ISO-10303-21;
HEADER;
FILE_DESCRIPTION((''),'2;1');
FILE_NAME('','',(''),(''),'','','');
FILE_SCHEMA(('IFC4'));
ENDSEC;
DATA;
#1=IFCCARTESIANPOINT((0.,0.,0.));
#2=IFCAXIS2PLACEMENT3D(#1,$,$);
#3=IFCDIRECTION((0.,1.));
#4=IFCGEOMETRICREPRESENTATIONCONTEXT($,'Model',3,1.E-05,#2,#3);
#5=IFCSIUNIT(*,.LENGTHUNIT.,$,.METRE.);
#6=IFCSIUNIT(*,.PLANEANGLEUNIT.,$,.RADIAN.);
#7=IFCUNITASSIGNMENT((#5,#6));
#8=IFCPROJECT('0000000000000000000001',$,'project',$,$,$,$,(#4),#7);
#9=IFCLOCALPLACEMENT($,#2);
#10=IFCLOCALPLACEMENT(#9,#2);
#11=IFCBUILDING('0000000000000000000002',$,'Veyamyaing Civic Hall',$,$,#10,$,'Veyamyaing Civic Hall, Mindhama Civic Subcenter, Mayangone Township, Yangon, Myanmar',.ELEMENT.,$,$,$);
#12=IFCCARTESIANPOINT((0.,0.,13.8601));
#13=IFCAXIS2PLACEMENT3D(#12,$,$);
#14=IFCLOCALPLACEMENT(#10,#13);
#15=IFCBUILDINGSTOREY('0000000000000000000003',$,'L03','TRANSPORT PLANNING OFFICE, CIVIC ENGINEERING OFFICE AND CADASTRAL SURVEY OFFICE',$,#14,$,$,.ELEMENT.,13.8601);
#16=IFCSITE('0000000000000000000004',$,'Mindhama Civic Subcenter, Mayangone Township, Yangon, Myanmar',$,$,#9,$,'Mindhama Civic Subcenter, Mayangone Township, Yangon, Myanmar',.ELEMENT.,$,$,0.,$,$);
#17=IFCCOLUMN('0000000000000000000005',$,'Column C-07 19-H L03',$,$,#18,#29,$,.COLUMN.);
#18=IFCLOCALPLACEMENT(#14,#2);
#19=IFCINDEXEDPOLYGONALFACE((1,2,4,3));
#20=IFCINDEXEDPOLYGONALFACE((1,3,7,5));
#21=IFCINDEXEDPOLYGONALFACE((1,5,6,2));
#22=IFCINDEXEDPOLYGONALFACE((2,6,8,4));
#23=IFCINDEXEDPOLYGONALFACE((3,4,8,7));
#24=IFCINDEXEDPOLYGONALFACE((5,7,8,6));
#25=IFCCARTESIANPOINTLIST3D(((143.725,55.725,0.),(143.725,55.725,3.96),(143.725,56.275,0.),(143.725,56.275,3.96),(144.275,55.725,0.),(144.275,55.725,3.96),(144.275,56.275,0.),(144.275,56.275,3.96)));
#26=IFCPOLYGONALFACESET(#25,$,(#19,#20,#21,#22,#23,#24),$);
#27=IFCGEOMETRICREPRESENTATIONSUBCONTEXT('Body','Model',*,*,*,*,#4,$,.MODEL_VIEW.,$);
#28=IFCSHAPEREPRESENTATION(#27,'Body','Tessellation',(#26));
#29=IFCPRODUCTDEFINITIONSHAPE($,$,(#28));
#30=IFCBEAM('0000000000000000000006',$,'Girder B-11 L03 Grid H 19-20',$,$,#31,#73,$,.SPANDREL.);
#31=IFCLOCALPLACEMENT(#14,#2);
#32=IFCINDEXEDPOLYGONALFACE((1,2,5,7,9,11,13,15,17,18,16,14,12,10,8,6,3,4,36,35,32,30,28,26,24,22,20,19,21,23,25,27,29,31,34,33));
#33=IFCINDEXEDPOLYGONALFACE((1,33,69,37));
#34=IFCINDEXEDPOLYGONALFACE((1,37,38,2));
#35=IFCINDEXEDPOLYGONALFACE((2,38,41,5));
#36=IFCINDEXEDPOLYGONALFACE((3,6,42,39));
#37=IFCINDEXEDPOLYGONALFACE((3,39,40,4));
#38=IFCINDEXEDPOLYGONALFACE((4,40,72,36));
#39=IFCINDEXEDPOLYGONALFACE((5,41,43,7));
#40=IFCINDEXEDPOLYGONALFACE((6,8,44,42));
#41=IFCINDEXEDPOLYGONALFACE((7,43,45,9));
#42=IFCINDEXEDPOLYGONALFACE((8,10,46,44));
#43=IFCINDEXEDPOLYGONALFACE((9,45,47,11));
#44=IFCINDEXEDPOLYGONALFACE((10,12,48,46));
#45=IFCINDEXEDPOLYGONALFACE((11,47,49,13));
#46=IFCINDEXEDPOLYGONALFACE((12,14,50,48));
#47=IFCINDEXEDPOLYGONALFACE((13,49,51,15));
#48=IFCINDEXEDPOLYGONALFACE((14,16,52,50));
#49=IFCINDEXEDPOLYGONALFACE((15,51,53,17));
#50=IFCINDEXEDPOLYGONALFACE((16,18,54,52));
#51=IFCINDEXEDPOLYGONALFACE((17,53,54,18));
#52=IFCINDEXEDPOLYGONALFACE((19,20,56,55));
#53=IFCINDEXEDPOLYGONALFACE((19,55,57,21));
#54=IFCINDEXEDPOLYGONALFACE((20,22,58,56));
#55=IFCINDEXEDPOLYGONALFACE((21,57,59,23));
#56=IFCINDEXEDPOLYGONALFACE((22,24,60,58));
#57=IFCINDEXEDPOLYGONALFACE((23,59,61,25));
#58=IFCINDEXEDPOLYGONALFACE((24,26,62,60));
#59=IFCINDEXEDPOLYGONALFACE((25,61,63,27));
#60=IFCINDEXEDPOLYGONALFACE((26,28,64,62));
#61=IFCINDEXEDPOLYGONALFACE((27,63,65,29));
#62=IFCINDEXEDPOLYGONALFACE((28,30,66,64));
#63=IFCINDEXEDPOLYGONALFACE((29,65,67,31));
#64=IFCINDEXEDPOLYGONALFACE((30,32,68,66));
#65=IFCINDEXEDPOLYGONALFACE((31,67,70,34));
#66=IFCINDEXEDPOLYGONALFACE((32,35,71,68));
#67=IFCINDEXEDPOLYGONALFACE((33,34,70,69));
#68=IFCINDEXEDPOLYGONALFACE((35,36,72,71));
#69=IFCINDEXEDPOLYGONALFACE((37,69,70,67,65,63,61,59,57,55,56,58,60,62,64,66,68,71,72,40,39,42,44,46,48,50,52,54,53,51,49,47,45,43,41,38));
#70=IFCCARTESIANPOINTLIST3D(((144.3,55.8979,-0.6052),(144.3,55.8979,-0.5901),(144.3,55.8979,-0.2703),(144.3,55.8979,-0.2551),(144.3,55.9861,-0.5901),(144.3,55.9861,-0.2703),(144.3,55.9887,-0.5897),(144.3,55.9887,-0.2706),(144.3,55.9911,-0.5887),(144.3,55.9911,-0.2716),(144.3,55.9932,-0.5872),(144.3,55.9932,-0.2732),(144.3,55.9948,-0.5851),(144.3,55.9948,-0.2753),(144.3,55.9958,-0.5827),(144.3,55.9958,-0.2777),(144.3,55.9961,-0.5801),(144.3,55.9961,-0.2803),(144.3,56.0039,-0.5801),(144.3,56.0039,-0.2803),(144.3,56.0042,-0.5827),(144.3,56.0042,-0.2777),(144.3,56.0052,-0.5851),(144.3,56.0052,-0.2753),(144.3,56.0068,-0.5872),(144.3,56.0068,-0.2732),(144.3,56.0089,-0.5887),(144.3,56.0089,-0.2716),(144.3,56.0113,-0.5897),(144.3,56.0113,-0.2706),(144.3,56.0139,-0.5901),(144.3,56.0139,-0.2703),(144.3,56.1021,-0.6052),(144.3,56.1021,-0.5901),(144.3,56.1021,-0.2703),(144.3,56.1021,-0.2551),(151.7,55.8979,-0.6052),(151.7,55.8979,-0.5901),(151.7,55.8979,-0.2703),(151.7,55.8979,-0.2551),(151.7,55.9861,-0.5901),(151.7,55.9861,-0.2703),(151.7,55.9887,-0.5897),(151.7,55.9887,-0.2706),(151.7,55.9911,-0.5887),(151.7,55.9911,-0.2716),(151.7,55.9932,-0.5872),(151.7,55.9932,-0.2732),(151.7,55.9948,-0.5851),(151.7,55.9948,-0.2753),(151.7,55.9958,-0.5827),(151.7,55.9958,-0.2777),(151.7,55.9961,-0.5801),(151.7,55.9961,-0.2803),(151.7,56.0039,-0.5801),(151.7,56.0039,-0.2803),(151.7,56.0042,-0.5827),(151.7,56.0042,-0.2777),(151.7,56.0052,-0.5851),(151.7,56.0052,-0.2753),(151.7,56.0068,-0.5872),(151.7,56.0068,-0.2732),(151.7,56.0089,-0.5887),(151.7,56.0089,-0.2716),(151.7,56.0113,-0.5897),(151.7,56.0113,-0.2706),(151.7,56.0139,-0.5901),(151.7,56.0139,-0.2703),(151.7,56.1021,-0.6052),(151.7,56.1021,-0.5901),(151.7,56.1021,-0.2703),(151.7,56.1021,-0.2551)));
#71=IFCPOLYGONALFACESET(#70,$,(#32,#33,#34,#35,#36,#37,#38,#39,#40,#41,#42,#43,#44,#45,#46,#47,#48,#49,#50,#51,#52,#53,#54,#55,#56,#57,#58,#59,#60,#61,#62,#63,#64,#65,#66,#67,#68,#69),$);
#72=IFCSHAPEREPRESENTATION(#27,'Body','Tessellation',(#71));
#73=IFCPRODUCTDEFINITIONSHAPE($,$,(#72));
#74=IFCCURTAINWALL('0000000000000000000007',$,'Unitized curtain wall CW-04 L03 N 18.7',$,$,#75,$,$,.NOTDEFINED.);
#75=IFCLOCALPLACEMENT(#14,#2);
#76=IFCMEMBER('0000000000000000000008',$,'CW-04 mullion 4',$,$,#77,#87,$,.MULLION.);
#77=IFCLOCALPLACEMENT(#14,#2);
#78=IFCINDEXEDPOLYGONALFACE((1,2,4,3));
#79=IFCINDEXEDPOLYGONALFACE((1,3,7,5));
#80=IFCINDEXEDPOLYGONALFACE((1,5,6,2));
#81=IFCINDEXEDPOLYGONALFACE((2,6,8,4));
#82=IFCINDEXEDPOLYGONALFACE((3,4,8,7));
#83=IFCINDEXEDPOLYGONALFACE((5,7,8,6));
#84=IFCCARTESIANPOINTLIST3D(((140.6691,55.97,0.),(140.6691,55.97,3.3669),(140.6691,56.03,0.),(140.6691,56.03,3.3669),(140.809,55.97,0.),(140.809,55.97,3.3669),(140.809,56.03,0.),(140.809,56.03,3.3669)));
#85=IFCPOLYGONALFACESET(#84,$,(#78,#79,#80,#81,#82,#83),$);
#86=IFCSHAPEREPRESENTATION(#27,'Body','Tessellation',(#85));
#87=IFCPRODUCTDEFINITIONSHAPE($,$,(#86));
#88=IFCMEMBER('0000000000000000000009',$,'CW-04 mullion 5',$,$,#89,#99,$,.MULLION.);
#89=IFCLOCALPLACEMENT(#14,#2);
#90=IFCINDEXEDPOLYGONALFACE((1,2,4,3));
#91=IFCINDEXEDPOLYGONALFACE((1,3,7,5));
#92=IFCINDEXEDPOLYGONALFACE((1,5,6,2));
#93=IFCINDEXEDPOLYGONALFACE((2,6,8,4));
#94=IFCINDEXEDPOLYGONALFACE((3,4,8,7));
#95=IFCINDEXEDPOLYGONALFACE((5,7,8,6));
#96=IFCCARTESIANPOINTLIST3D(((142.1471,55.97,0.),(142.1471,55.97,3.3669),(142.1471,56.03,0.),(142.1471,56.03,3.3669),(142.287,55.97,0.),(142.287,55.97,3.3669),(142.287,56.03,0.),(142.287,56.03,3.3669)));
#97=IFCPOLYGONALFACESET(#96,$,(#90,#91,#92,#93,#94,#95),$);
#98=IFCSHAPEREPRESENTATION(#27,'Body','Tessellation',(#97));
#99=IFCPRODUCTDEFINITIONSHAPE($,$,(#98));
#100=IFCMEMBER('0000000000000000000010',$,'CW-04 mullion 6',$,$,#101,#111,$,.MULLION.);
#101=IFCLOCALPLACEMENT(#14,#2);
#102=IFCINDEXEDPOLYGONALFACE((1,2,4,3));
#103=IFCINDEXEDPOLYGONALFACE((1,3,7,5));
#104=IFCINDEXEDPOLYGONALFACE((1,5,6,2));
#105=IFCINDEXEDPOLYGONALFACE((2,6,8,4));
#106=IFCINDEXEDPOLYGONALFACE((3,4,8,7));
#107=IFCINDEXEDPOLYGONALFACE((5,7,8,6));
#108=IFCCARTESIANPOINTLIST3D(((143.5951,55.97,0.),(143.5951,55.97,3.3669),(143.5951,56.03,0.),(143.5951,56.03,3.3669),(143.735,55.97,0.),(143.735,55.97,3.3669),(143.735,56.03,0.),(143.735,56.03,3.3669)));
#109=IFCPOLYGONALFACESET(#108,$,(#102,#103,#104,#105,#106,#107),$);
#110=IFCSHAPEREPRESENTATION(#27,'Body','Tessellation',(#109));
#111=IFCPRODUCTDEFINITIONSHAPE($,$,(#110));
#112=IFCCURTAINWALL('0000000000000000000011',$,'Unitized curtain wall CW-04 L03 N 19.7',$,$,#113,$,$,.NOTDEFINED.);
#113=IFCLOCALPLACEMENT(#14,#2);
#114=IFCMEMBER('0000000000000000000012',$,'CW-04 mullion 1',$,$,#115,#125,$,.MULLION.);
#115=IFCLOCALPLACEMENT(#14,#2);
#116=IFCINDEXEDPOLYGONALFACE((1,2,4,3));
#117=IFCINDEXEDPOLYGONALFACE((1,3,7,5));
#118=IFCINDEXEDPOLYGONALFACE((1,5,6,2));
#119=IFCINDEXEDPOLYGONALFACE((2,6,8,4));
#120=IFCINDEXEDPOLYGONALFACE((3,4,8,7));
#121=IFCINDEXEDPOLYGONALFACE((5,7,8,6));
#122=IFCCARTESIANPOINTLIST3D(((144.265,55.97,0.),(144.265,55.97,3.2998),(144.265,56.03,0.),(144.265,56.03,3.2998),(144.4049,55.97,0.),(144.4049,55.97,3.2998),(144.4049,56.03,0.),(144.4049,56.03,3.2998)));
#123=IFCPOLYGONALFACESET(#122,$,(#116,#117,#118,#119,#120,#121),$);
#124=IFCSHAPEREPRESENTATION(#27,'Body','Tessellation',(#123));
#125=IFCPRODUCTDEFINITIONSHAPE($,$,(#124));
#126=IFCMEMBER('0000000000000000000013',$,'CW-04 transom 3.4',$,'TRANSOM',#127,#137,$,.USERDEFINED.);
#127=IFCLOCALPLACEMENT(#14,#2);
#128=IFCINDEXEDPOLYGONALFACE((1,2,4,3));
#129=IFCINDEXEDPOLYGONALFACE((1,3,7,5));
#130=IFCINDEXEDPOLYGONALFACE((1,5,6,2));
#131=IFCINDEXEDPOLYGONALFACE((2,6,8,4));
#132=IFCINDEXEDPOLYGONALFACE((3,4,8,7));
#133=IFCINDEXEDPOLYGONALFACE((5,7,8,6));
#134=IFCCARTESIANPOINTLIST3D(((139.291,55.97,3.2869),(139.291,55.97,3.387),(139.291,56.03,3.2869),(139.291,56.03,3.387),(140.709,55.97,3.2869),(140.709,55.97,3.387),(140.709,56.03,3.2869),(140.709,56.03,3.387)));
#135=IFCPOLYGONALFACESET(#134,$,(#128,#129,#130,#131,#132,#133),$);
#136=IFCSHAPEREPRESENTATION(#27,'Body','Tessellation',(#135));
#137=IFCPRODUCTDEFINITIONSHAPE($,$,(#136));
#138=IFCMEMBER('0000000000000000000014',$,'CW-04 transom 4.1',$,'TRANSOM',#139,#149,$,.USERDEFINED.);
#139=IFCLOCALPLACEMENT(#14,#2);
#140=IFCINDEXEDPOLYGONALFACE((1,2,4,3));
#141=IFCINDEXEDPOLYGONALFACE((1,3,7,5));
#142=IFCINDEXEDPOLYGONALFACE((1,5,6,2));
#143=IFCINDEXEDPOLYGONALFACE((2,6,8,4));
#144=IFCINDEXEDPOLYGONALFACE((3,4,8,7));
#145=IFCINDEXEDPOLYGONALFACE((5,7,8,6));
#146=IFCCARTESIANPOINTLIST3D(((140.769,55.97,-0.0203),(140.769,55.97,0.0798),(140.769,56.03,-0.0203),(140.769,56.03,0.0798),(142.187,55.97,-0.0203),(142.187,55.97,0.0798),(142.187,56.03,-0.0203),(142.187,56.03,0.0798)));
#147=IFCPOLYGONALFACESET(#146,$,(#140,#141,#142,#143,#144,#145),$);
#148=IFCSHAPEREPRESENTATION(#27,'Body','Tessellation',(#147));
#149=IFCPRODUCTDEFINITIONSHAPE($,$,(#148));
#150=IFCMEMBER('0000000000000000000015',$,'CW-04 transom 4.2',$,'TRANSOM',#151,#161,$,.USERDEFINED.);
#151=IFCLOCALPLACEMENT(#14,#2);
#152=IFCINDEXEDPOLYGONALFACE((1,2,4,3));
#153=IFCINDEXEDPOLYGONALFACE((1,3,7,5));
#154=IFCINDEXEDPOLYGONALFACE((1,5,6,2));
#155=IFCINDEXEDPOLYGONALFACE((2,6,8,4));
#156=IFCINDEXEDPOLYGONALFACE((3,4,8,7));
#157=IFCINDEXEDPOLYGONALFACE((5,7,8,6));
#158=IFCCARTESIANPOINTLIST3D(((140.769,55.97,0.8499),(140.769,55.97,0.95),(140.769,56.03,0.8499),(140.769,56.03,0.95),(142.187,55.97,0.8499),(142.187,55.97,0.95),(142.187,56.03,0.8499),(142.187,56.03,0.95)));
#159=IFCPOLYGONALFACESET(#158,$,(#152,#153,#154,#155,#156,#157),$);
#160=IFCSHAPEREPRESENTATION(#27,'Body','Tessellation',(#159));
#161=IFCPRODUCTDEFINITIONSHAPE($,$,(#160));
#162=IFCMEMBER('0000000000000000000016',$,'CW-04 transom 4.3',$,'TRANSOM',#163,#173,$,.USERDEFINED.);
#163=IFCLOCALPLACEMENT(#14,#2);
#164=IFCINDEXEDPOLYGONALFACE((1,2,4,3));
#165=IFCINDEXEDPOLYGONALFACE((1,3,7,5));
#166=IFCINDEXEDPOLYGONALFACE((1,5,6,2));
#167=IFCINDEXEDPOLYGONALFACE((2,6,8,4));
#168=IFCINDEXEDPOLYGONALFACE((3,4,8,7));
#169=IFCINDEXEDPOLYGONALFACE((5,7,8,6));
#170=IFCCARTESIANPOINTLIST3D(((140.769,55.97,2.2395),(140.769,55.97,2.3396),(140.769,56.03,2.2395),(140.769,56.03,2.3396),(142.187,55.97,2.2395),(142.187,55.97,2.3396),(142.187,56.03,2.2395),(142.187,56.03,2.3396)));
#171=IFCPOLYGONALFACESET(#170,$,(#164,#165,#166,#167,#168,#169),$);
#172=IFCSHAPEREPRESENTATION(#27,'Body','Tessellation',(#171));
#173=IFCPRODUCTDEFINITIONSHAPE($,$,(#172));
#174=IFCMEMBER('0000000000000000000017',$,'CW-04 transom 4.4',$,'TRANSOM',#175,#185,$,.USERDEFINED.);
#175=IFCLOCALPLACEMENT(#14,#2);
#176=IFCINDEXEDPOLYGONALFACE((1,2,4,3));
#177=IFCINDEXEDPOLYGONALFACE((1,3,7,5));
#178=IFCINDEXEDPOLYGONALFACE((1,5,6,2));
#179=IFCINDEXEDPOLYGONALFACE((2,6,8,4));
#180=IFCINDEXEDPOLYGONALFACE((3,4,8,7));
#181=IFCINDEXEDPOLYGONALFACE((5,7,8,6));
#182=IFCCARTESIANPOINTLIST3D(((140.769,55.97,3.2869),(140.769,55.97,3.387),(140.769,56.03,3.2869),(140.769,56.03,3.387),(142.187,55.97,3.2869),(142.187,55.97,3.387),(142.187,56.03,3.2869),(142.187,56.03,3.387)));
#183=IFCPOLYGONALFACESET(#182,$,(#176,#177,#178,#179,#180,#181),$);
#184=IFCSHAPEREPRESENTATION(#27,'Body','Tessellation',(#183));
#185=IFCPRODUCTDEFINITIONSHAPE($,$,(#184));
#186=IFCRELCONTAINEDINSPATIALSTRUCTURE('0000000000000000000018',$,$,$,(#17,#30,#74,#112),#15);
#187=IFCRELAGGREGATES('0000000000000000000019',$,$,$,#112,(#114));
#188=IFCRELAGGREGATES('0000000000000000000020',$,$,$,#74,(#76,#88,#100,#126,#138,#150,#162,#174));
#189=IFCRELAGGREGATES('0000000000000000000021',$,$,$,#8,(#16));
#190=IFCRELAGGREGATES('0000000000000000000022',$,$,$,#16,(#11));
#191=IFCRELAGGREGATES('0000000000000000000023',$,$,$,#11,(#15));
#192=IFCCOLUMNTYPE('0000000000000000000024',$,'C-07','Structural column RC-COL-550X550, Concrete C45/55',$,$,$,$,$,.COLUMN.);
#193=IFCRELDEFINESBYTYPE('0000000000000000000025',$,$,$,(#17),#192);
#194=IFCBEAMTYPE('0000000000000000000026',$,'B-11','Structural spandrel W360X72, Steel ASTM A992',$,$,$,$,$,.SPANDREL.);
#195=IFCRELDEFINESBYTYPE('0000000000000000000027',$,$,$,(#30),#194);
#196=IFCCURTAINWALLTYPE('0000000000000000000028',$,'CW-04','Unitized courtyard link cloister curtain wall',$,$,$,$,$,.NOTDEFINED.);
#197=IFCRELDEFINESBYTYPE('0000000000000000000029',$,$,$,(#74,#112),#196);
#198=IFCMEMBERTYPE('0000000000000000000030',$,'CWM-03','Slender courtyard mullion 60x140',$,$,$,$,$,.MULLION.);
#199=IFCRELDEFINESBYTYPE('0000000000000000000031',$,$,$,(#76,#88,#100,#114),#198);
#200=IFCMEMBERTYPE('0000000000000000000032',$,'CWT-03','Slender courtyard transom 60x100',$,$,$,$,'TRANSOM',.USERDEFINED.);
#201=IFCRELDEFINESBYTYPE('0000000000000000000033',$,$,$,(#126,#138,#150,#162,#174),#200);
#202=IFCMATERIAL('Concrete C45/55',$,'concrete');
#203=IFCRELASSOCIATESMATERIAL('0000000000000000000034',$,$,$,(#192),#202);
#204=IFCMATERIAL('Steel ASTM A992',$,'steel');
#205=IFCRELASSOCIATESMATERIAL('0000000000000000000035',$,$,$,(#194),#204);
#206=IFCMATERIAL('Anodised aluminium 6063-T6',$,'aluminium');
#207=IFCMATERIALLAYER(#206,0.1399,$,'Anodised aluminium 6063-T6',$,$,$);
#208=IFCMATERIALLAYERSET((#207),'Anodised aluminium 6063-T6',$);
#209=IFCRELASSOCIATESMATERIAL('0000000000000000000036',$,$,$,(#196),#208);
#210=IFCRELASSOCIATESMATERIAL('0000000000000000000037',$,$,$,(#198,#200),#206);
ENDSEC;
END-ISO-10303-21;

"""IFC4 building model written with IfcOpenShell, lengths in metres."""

from ifc_helpers import new_model, si_unit, direction, frame, origin, origin_2d, place, context, subcontext, project, spatial, rectangle, i_section, extrude, material, layer, layer_set, material_profile, profile_set, type_object, element, aggregate, save


model = new_model("IFC4")

# Units and contexts
model_context = context("Model", 3, precision=1e-05, world=origin(), true_north=direction((0.0, 1.0)))
body_context = subcontext(model_context, "Body", "Model", "MODEL_VIEW")
ifc_project = project(units=[si_unit("LENGTHUNIT", "METRE"), si_unit("PLANEANGLEUNIT", "RADIAN")], contexts=[model_context])

# Site, building, storey
site_placement = place(None, origin())
site = spatial("IfcSite", under=ifc_project, at=site_placement, Name="Mindhama Civic Subcenter, Mayangone Township, Yangon, Myanmar", LongName="Mindhama Civic Subcenter, Mayangone Township, Yangon, Myanmar", CompositionType="ELEMENT", RefElevation=0.0)
building_placement = place(site_placement, origin())
building = spatial("IfcBuilding", under=site, at=building_placement, Name="Veyamyaing Civic Hall", LongName="Veyamyaing Civic Hall, Mindhama Civic Subcenter, Mayangone Township, Yangon, Myanmar", CompositionType="ELEMENT")
storey_placement = place(building_placement, frame((0.0, 0.0, 13.8601)))
storey = spatial("IfcBuildingStorey", under=building, at=storey_placement, Name="L03", Description="TRANSPORT PLANNING OFFICE, CIVIC ENGINEERING OFFICE AND CADASTRAL SURVEY OFFICE", CompositionType="ELEMENT", Elevation=13.8601)

# Column
ifc_material_1 = material(Name="Concrete C45/55", Category="concrete")
ifc_material_profile_1 = material_profile(ifc_material_1, rectangle(XDim=0.55, YDim=0.55, at=origin_2d()), Name="RC-COL-550X550")
ifc_profile_set_1 = profile_set([ifc_material_profile_1], Name="Concrete C45/55")
column_type = type_object("IfcColumnType", Name="C-07", Description="Structural column RC-COL-550X550, Concrete C45/55", PredefinedType="COLUMN", material=ifc_profile_set_1)
column_placement = place(storey_placement, frame((144.0, 56.0, 0.0), z_axis=(0.0, 0.0, 1.0), x_axis=(1.0, 0.0, 0.0)))
element("IfcColumn", 1, at=column_placement, inside=storey, type_object=column_type, Name="Column C-07 19-H L03", PredefinedType="COLUMN", context=body_context, shape_type="SweptSolid", body=[
    extrude(rectangle(XDim=0.55, YDim=0.55, at=origin_2d()), origin(), (0.0, 0.0, 1.0), 3.96),
])

# Beam
ifc_material_2 = material(Name="Steel ASTM A992", Category="steel")
ifc_material_profile_2 = material_profile(ifc_material_2, i_section(OverallWidth=0.2041, OverallDepth=0.3501, WebThickness=0.0078, FlangeThickness=0.0151, FilletRadius=0.01, at=origin_2d()), Name="W360X72")
ifc_profile_set_2 = profile_set([ifc_material_profile_2], Name="Steel ASTM A992")
beam_type_1 = type_object("IfcBeamType", Name="B-11", Description="Structural spandrel W360X72, Steel ASTM A992", PredefinedType="SPANDREL", material=ifc_profile_set_2)
beam_1_placement = place(storey_placement, frame((144.3, 56.0, -0.4302), z_axis=(1.0, 0.0, 0.0), x_axis=(0.0, 1.0, 0.0)))
element("IfcBeam", 2, at=beam_1_placement, inside=storey, type_object=beam_type_1, Name="Girder B-11 L03 Grid H 19-20", PredefinedType="SPANDREL", context=body_context, shape_type="SweptSolid", body=[
    extrude(i_section(OverallWidth=0.2041, OverallDepth=0.3501, WebThickness=0.0078, FlangeThickness=0.0151, FilletRadius=0.01, at=origin_2d()), origin(), (0.0, 0.0, 1.0), 7.3999),
])

# Curtain wall, members
ifc_material_3 = material(Name="Anodised aluminium 6063-T6", Category="aluminium")
ifc_layer_1 = layer(ifc_material_3, 0.1399, Name="Anodised aluminium 6063-T6")
ifc_layer_set_1 = layer_set([ifc_layer_1], Name="Anodised aluminium 6063-T6")
curtain_wall_type = type_object("IfcCurtainWallType", Name="CW-04", Description="Unitized courtyard link cloister curtain wall", PredefinedType="NOTDEFINED", material=ifc_layer_set_1)
curtain_wall_1_placement = place(storey_placement, origin())
curtain_wall_1 = element("IfcCurtainWall", 3, at=curtain_wall_1_placement, inside=storey, type_object=curtain_wall_type, Name="Unitized curtain wall CW-04 L03 N 18.7", PredefinedType="NOTDEFINED")
ifc_material_profile_3 = material_profile(ifc_material_3, rectangle(XDim=0.0601, YDim=0.1399, at=origin_2d()), Name="ALU-MUL-60X140")
ifc_profile_set_3 = profile_set([ifc_material_profile_3], Name="Anodised aluminium 6063-T6")
member_type_1 = type_object("IfcMemberType", Name="CWM-03", Description="Slender courtyard mullion 60x140", PredefinedType="MULLION", material=ifc_profile_set_3)
member_1_placement = place(storey_placement, frame((140.739, 56.0, 0.0), z_axis=(0.0, 0.0, 1.0), x_axis=(0.0, 1.0, 0.0)))
member_1 = element("IfcMember", 4, at=member_1_placement, type_object=member_type_1, Name="CW-04 mullion 4", PredefinedType="MULLION", context=body_context, shape_type="SweptSolid", body=[
    extrude(rectangle(XDim=0.0601, YDim=0.1399, at=origin_2d()), origin(), (0.0, 0.0, 1.0), 3.3669),
])
member_2_placement = place(storey_placement, frame((142.217, 56.0, 0.0), z_axis=(0.0, 0.0, 1.0), x_axis=(0.0, 1.0, 0.0)))
member_2 = element("IfcMember", 5, at=member_2_placement, type_object=member_type_1, Name="CW-04 mullion 5", PredefinedType="MULLION", context=body_context, shape_type="SweptSolid", body=[
    extrude(rectangle(XDim=0.0601, YDim=0.1399, at=origin_2d()), origin(), (0.0, 0.0, 1.0), 3.3669),
])
member_3_placement = place(storey_placement, frame((143.665, 56.0, 0.0), z_axis=(0.0, 0.0, 1.0), x_axis=(0.0, 1.0, 0.0)))
member_3 = element("IfcMember", 6, at=member_3_placement, type_object=member_type_1, Name="CW-04 mullion 6", PredefinedType="MULLION", context=body_context, shape_type="SweptSolid", body=[
    extrude(rectangle(XDim=0.0601, YDim=0.1399, at=origin_2d()), origin(), (0.0, 0.0, 1.0), 3.3669),
])

# Curtain wall, member
curtain_wall_2_placement = place(storey_placement, origin())
curtain_wall_2 = element("IfcCurtainWall", 7, at=curtain_wall_2_placement, inside=storey, type_object=curtain_wall_type, Name="Unitized curtain wall CW-04 L03 N 19.7", PredefinedType="NOTDEFINED")
member_4_placement = place(storey_placement, frame((144.335, 56.0, 0.0), z_axis=(0.0, 0.0, 1.0), x_axis=(0.0, 1.0, 0.0)))
member_4 = element("IfcMember", 8, at=member_4_placement, type_object=member_type_1, Name="CW-04 mullion 1", PredefinedType="MULLION", context=body_context, shape_type="SweptSolid", body=[
    extrude(rectangle(XDim=0.0601, YDim=0.1399, at=origin_2d()), origin(), (0.0, 0.0, 1.0), 3.2998),
])

# Members
ifc_material_profile_4 = material_profile(ifc_material_3, rectangle(XDim=0.0601, YDim=0.1001, at=origin_2d()), Name="ALU-TRN-60X100")
ifc_profile_set_4 = profile_set([ifc_material_profile_4], Name="Anodised aluminium 6063-T6")
member_type_2 = type_object("IfcMemberType", Name="CWT-03", Description="Slender courtyard transom 60x100", ElementType="TRANSOM", PredefinedType="USERDEFINED", material=ifc_profile_set_4)
member_5_placement = place(storey_placement, frame((139.291, 56.0, 3.3369), z_axis=(1.0, 0.0, 0.0), x_axis=(0.0, 1.0, 0.0)))
member_5 = element("IfcMember", 9, at=member_5_placement, type_object=member_type_2, Name="CW-04 transom 3.4", ObjectType="TRANSOM", PredefinedType="USERDEFINED", context=body_context, shape_type="SweptSolid", body=[
    extrude(rectangle(XDim=0.0601, YDim=0.1001, at=origin_2d()), origin(), (0.0, 0.0, 1.0), 1.418),
])
member_6_placement = place(storey_placement, frame((140.769, 56.0, 0.0298), z_axis=(1.0, 0.0, 0.0), x_axis=(0.0, 1.0, 0.0)))
member_6 = element("IfcMember", 10, at=member_6_placement, type_object=member_type_2, Name="CW-04 transom 4.1", ObjectType="TRANSOM", PredefinedType="USERDEFINED", context=body_context, shape_type="SweptSolid", body=[
    extrude(rectangle(XDim=0.0601, YDim=0.1001, at=origin_2d()), origin(), (0.0, 0.0, 1.0), 1.418),
])
member_7_placement = place(storey_placement, frame((140.769, 56.0, 0.8999), z_axis=(1.0, 0.0, 0.0), x_axis=(0.0, 1.0, 0.0)))
member_7 = element("IfcMember", 11, at=member_7_placement, type_object=member_type_2, Name="CW-04 transom 4.2", ObjectType="TRANSOM", PredefinedType="USERDEFINED", context=body_context, shape_type="SweptSolid", body=[
    extrude(rectangle(XDim=0.0601, YDim=0.1001, at=origin_2d()), origin(), (0.0, 0.0, 1.0), 1.418),
])
member_8_placement = place(storey_placement, frame((140.769, 56.0, 2.2896), z_axis=(1.0, 0.0, 0.0), x_axis=(0.0, 1.0, 0.0)))
member_8 = element("IfcMember", 12, at=member_8_placement, type_object=member_type_2, Name="CW-04 transom 4.3", ObjectType="TRANSOM", PredefinedType="USERDEFINED", context=body_context, shape_type="SweptSolid", body=[
    extrude(rectangle(XDim=0.0601, YDim=0.1001, at=origin_2d()), origin(), (0.0, 0.0, 1.0), 1.418),
])
member_9_placement = place(storey_placement, frame((140.769, 56.0, 3.3369), z_axis=(1.0, 0.0, 0.0), x_axis=(0.0, 1.0, 0.0)))
member_9 = element("IfcMember", 13, at=member_9_placement, type_object=member_type_2, Name="CW-04 transom 4.4", ObjectType="TRANSOM", PredefinedType="USERDEFINED", context=body_context, shape_type="SweptSolid", body=[
    extrude(rectangle(XDim=0.0601, YDim=0.1001, at=origin_2d()), origin(), (0.0, 0.0, 1.0), 1.418),
])
aggregate(curtain_wall_2, [member_4])

aggregate(curtain_wall_1, [member_1, member_2, member_3, member_5, member_6, member_7, member_8, member_9])

save(model, "model.ifc")
